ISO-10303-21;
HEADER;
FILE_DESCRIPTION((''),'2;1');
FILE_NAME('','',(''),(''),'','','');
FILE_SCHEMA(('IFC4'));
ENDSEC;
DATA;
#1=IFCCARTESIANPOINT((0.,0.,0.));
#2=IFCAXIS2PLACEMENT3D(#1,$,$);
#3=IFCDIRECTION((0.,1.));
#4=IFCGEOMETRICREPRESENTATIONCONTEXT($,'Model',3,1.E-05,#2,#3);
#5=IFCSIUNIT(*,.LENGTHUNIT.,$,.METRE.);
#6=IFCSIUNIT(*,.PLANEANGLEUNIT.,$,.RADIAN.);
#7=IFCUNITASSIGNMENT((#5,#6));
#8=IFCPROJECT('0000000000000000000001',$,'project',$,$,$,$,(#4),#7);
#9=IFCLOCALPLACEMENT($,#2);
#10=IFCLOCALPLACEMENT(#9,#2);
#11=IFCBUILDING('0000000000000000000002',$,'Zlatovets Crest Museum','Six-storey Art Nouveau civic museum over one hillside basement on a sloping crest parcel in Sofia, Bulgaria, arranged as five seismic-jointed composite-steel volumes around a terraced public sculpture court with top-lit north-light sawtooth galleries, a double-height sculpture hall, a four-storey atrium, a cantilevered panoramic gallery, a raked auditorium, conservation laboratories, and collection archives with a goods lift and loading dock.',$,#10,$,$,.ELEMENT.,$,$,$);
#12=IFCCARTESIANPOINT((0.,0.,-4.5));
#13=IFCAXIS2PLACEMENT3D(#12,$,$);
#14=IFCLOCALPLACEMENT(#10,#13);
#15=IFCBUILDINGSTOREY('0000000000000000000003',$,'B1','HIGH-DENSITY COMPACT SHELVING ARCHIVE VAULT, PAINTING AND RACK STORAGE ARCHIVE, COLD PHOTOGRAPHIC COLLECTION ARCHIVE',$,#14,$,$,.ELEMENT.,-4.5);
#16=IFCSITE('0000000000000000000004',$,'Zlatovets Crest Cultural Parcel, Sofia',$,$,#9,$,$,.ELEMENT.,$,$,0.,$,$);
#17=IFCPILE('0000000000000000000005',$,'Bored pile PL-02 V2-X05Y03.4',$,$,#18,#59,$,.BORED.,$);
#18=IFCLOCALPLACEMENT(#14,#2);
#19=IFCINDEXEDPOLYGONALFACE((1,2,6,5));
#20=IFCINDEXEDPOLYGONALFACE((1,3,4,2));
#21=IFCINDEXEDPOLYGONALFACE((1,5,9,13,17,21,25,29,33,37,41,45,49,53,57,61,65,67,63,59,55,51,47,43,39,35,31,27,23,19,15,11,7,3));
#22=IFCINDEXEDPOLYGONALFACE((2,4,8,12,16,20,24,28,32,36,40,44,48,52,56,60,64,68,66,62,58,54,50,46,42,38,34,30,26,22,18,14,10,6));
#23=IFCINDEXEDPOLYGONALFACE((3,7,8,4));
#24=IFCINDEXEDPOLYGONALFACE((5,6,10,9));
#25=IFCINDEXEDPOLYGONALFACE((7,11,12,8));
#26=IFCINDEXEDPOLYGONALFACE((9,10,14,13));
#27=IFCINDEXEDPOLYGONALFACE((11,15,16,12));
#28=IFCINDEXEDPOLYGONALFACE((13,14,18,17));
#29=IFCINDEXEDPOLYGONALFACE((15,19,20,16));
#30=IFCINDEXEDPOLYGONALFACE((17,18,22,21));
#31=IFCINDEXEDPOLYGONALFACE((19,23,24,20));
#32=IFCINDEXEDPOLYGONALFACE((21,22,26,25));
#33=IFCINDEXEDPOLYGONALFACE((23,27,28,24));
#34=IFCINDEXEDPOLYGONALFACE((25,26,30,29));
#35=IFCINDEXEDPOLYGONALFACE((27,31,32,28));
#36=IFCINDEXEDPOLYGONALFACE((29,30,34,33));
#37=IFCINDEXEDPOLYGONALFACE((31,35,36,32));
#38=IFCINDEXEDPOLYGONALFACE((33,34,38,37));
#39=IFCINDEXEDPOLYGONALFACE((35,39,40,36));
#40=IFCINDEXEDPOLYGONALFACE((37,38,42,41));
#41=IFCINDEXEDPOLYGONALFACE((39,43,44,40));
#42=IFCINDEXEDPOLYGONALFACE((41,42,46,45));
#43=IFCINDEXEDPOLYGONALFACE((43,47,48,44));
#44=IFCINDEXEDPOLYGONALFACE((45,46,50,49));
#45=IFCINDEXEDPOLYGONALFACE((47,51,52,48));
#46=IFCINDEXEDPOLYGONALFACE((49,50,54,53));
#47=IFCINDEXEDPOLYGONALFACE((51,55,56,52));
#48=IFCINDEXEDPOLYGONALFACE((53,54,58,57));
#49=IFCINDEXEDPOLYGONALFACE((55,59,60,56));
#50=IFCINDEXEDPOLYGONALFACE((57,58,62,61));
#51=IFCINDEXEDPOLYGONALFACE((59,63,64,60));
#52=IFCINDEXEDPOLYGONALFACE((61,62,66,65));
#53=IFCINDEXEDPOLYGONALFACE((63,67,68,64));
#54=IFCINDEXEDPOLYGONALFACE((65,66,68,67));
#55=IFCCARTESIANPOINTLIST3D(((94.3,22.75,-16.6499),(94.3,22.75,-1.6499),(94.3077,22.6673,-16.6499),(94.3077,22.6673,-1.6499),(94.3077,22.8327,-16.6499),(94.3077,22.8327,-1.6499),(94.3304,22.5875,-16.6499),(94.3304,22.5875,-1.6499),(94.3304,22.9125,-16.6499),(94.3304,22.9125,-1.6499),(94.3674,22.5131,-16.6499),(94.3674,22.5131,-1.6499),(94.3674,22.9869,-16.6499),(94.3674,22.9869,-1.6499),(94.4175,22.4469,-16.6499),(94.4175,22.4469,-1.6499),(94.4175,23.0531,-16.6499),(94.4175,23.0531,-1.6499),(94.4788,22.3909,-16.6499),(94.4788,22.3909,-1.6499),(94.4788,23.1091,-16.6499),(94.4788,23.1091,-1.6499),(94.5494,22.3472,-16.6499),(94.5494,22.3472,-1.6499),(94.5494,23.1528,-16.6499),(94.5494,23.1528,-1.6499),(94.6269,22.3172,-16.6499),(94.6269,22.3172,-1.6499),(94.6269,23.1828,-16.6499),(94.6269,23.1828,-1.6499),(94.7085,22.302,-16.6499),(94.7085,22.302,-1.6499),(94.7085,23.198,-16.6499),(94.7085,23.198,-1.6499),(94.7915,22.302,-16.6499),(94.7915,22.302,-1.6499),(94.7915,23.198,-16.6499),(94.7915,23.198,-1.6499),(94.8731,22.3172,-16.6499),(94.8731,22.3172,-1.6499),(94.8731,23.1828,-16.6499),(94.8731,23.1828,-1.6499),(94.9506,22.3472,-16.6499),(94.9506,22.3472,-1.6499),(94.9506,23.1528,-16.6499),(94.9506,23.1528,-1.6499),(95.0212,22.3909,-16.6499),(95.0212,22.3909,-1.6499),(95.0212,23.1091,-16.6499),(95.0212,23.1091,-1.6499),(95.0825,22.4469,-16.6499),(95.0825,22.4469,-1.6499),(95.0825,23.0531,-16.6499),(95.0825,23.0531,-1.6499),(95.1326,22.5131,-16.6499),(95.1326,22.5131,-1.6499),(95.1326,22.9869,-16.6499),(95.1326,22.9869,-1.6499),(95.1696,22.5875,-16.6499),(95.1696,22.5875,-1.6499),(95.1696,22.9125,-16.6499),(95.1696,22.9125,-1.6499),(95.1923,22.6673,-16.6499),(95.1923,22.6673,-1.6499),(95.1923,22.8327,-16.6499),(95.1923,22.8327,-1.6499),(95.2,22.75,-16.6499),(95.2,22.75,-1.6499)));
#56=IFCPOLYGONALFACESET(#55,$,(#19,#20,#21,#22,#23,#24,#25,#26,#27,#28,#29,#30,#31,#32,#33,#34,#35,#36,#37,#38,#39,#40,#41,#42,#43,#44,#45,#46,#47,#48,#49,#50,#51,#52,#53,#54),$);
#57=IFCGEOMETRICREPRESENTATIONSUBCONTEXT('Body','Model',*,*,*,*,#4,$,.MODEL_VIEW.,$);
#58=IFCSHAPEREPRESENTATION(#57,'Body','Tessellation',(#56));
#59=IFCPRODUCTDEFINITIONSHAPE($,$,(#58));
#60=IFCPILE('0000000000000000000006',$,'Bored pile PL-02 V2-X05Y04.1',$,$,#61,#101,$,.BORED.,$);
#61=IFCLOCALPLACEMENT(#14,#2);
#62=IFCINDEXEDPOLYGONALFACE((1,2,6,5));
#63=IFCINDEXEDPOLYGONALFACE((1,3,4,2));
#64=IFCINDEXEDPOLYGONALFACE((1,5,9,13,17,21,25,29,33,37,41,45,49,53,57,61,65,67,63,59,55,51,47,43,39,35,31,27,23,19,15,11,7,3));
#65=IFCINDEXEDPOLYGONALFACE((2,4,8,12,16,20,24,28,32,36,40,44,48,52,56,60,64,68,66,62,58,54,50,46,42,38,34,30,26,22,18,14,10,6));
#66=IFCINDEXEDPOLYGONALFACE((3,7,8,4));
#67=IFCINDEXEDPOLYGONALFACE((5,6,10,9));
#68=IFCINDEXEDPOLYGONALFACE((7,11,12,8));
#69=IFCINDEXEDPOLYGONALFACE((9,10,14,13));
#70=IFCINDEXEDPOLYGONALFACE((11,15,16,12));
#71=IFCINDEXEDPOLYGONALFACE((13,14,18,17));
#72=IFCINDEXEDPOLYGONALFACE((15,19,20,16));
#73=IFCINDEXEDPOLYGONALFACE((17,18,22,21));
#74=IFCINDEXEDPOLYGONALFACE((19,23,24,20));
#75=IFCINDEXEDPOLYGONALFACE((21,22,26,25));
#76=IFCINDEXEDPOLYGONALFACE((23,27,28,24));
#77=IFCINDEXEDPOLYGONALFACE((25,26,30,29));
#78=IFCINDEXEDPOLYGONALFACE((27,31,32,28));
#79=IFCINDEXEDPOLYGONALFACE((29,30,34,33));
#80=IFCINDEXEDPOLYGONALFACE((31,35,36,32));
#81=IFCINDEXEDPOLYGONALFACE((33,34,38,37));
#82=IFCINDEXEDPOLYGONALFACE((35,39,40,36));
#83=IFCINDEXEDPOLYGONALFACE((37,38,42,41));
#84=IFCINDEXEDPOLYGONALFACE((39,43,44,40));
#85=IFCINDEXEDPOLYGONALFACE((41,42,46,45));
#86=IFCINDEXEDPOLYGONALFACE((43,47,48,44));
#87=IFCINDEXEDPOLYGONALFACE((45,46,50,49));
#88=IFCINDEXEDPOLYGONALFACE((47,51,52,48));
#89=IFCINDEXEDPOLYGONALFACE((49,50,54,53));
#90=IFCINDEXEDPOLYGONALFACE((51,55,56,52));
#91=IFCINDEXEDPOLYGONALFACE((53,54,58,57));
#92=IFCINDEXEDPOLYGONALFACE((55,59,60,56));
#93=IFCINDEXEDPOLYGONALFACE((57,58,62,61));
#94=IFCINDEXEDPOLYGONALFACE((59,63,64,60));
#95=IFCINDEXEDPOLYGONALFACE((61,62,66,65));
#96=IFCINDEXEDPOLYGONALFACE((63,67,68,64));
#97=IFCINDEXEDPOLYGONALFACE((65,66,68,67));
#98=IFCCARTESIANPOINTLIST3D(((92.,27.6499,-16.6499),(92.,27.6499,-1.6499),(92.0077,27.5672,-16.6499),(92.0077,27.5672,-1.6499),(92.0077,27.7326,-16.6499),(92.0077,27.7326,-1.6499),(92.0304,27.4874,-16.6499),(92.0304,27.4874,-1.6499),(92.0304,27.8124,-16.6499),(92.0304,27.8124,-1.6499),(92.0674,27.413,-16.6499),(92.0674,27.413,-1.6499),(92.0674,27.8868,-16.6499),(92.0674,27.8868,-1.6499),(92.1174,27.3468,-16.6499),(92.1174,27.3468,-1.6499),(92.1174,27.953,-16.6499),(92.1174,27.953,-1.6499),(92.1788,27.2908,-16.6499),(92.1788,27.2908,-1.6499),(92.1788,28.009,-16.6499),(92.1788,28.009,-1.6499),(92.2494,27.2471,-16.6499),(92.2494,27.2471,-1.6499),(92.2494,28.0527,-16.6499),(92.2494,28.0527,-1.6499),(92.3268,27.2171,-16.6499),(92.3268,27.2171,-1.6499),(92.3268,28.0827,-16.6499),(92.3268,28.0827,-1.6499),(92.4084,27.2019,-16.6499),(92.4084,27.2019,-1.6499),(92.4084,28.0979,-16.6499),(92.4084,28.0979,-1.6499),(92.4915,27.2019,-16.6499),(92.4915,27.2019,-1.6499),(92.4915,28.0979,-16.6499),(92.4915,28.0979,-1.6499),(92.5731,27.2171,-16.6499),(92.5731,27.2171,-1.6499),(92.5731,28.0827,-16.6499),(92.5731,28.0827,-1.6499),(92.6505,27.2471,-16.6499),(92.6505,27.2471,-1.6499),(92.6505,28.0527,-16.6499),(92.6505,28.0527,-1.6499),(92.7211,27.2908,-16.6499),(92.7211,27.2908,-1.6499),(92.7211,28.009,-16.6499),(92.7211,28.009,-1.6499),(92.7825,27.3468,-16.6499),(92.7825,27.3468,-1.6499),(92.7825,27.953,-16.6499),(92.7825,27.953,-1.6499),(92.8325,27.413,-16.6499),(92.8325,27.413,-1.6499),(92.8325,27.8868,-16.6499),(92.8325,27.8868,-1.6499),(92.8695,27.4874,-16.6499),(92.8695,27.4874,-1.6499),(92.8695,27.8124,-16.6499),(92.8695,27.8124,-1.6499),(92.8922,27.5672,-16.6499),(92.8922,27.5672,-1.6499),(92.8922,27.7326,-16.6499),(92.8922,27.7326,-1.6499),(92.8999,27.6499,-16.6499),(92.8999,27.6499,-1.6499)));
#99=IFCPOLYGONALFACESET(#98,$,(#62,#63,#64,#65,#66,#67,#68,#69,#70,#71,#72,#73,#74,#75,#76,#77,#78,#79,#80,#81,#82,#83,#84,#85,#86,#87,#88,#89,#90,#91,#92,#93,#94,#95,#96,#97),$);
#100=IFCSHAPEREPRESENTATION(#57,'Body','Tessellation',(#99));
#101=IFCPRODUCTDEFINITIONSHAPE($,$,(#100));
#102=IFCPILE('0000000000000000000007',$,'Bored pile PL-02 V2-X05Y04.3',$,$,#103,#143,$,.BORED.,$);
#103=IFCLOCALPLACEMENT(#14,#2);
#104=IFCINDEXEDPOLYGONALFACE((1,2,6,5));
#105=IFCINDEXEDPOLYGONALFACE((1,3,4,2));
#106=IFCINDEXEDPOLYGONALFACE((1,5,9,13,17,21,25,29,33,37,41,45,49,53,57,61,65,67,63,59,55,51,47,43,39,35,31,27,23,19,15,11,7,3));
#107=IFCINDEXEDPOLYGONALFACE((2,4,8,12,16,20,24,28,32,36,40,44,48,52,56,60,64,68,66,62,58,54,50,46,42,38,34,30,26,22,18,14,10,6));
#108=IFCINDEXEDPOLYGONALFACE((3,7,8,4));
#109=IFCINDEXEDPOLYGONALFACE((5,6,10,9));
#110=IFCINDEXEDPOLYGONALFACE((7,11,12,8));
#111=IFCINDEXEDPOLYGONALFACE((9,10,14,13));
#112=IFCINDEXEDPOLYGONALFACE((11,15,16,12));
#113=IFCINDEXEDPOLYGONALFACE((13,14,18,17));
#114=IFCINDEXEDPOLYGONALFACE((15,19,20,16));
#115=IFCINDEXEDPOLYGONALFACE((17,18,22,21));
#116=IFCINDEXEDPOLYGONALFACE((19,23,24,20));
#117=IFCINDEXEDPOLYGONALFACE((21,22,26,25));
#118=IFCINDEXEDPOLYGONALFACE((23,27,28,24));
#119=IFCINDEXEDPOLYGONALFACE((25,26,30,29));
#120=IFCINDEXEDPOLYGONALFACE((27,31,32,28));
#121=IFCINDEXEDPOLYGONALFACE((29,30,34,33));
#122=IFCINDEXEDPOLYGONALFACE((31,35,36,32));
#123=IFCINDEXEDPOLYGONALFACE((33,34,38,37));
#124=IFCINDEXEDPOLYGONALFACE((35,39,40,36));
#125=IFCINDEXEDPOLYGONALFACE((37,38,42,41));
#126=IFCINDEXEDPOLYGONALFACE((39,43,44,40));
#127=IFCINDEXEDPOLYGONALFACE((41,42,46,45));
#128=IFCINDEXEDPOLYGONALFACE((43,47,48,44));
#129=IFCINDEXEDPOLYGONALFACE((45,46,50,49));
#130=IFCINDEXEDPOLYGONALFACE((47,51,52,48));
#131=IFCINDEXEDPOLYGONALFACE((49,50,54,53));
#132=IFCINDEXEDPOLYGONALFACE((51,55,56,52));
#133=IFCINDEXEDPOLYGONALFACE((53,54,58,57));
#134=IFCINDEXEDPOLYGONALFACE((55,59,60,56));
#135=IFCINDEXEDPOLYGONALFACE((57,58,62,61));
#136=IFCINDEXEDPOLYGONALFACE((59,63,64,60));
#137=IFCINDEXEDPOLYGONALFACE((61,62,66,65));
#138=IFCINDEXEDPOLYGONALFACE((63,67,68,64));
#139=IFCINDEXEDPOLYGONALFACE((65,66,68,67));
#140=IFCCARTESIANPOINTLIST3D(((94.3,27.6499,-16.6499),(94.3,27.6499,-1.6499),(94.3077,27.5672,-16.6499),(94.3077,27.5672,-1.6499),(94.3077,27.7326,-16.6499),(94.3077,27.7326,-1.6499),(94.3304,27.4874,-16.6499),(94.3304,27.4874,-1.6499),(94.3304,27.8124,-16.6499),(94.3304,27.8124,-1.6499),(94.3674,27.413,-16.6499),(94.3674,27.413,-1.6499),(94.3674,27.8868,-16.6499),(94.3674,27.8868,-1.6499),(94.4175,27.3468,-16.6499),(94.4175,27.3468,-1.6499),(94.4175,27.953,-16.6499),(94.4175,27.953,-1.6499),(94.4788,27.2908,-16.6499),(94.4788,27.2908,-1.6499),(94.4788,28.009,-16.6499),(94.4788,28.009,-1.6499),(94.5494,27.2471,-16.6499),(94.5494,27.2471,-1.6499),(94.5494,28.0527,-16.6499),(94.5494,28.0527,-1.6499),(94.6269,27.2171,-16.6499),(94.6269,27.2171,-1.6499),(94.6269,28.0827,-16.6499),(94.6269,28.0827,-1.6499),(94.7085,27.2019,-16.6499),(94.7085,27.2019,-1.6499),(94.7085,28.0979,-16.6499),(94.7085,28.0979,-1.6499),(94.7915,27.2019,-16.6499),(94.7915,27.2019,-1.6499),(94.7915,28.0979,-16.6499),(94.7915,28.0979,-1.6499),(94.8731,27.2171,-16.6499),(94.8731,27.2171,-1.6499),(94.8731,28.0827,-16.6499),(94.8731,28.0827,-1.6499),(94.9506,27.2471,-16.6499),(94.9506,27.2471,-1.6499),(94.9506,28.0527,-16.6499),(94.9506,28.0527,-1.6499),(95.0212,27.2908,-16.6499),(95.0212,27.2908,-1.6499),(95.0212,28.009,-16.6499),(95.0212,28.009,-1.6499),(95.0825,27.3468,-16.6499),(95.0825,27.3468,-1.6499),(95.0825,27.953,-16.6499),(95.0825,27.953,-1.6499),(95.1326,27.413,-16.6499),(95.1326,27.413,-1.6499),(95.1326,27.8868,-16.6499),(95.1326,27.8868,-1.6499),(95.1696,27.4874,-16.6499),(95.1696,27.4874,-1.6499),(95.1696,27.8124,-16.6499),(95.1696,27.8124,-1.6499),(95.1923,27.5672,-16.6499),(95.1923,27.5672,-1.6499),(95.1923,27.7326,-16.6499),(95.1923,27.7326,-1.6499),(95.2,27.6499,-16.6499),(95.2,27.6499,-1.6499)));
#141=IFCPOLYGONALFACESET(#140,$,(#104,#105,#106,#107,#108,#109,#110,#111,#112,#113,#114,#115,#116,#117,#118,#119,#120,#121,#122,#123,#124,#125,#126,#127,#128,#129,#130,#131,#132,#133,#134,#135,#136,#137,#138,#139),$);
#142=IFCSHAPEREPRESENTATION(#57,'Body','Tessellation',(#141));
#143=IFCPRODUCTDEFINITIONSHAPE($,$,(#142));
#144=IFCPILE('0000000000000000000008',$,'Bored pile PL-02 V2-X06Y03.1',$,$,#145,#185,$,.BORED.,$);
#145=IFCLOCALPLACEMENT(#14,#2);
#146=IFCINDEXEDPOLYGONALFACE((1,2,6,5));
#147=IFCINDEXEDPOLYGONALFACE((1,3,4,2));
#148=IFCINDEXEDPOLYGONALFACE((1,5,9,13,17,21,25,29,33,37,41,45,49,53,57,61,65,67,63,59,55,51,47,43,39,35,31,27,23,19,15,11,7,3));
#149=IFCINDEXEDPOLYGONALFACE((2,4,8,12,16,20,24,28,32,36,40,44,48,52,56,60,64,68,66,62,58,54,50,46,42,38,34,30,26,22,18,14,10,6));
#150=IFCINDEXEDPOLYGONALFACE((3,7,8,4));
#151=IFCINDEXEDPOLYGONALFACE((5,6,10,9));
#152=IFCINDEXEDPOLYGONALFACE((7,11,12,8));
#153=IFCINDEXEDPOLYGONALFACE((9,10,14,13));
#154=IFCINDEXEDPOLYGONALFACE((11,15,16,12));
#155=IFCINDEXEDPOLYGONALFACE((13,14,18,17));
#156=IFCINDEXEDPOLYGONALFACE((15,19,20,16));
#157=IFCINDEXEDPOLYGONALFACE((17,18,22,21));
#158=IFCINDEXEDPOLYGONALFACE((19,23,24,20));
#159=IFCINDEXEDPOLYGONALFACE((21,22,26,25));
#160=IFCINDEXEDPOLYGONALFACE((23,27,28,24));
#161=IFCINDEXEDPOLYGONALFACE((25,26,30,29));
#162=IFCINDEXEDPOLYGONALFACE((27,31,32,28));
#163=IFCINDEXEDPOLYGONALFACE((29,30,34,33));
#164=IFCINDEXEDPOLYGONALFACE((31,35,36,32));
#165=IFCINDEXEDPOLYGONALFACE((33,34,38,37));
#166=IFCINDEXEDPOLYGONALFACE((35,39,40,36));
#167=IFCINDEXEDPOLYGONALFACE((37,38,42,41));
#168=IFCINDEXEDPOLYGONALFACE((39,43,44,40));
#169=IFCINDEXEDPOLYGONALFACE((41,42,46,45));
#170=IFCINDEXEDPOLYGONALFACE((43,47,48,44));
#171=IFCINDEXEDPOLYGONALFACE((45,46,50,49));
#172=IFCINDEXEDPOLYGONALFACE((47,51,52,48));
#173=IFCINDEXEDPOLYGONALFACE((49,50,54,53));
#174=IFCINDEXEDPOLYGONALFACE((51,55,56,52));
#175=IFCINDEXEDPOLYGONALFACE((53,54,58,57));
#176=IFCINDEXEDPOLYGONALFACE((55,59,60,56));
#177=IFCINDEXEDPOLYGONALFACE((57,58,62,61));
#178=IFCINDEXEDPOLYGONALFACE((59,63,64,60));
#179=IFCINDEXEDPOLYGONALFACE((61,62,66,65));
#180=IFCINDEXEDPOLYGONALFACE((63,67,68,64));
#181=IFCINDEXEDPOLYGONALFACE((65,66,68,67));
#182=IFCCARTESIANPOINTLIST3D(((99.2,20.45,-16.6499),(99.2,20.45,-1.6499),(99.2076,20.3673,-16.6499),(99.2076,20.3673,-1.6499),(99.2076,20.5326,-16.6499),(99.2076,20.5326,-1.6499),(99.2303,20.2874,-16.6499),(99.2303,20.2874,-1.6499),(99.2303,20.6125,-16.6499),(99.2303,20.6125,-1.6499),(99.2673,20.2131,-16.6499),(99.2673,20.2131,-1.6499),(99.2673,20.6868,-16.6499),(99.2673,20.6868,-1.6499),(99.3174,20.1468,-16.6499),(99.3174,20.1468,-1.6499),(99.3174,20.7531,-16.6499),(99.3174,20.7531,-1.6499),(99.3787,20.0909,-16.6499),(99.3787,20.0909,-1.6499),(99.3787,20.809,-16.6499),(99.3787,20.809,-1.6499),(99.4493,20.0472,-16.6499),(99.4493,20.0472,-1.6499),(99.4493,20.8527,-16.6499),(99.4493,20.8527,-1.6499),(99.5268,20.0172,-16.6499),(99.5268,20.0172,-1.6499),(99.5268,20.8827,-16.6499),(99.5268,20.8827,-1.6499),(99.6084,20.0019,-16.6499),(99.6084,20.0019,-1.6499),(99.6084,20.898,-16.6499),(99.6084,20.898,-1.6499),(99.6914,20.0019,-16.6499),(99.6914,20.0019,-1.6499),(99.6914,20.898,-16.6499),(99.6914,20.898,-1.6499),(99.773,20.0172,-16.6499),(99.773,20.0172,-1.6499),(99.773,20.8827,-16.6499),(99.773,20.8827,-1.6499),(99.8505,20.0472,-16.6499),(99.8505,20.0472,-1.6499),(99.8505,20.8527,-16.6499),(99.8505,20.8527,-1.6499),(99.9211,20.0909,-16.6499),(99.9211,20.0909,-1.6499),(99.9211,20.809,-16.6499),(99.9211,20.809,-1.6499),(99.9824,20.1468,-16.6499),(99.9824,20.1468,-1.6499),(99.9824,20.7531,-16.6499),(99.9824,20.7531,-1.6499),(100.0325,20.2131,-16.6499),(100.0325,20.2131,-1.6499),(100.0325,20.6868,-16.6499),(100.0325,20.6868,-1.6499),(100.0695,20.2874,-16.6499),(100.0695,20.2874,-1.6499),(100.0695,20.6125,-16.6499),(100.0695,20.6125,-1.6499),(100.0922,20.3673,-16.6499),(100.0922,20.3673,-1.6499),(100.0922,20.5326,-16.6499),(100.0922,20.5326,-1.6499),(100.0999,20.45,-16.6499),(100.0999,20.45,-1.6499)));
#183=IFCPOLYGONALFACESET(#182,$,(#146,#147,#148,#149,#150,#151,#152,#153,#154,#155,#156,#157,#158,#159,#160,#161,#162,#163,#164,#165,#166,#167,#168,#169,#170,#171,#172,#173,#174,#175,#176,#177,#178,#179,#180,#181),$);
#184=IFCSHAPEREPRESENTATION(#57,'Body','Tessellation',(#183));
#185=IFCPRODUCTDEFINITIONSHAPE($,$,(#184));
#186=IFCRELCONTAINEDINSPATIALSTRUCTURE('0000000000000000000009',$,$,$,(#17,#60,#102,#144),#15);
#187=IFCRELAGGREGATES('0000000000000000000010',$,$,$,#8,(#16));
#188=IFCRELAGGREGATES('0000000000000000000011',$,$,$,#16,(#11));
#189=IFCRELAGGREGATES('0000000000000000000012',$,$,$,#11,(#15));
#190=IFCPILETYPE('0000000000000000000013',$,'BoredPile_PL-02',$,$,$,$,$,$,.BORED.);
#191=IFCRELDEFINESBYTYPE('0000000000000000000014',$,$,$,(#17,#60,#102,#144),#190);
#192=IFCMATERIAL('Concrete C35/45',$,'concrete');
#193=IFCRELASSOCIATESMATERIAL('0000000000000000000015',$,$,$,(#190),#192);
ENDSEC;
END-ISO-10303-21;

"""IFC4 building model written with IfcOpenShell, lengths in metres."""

from ifc_helpers import new_model, si_unit, direction, frame, origin, origin_2d, place, context, subcontext, project, spatial, circle, extrude, material, material_profile, profile_set, type_object, element, save


model = new_model("IFC4")

# Units and contexts
model_context = context("Model", 3, precision=1e-05, world=origin(), true_north=direction((0.0, 1.0)))
body_context = subcontext(model_context, "Body", "Model", "MODEL_VIEW")
ifc_project = project(units=[si_unit("LENGTHUNIT", "METRE"), si_unit("PLANEANGLEUNIT", "RADIAN")], contexts=[model_context])

# Site, building, storey
site_placement = place(None, origin())
site = spatial("IfcSite", under=ifc_project, at=site_placement, Name="Zlatovets Crest Cultural Parcel, Sofia", CompositionType="ELEMENT", RefElevation=0.0)
building_placement = place(site_placement, origin())
building = spatial("IfcBuilding", under=site, at=building_placement, Name="Zlatovets Crest Museum", Description="Six-storey Art Nouveau civic museum over one hillside basement on a sloping crest parcel in Sofia, Bulgaria, arranged as five seismic-jointed composite-steel volumes around a terraced public sculpture court with top-lit north-light sawtooth galleries, a double-height sculpture hall, a four-storey atrium, a cantilevered panoramic gallery, a raked auditorium, conservation laboratories, and collection archives with a goods lift and loading dock.", CompositionType="ELEMENT")
storey_placement = place(building_placement, frame((0.0, 0.0, -4.5)))
storey = spatial("IfcBuildingStorey", under=building, at=storey_placement, Name="B1", Description="HIGH-DENSITY COMPACT SHELVING ARCHIVE VAULT, PAINTING AND RACK STORAGE ARCHIVE, COLD PHOTOGRAPHIC COLLECTION ARCHIVE", CompositionType="ELEMENT", Elevation=-4.5)

# Piles
ifc_material = material(Name="Concrete C35/45", Category="concrete")
ifc_material_profile_1 = material_profile(ifc_material, circle(Radius=0.45, at=origin_2d()), Name="PILE D900")
ifc_profile_set_1 = profile_set([ifc_material_profile_1], Name="Concrete C35/45")
pile_type = type_object("IfcPileType", Name="BoredPile_PL-02", PredefinedType="BORED", material=ifc_profile_set_1)
for number, where, z_axis, x_axis, name in (
    (1, (94.75, 22.75, -1.6499), (0.0, 0.0, -1.0), (1.0, 0.0, 0.0), "Bored pile PL-02 V2-X05Y03.4"),
    (2, (92.45, 27.6499, -1.6499), (0.0, 0.0, -1.0), (1.0, 0.0, 0.0), "Bored pile PL-02 V2-X05Y04.1"),
    (3, (94.75, 27.6499, -1.6499), (0.0, 0.0, -1.0), (1.0, 0.0, 0.0), "Bored pile PL-02 V2-X05Y04.3"),
    (4, (99.6499, 20.45, -1.6499), (0.0, 0.0, -1.0), (1.0, 0.0, 0.0), "Bored pile PL-02 V2-X06Y03.1"),
):
    element("IfcPile", number, at=place(storey_placement, frame(where, z_axis=z_axis, x_axis=x_axis)), inside=storey, type_object=pile_type, Name=name, PredefinedType="BORED", context=body_context, shape_type="SweptSolid", body=[
        extrude(circle(Radius=0.45, at=origin_2d()), origin(), (0.0, 0.0, 1.0), 15.0),
    ])

save(model, "model.ifc")
